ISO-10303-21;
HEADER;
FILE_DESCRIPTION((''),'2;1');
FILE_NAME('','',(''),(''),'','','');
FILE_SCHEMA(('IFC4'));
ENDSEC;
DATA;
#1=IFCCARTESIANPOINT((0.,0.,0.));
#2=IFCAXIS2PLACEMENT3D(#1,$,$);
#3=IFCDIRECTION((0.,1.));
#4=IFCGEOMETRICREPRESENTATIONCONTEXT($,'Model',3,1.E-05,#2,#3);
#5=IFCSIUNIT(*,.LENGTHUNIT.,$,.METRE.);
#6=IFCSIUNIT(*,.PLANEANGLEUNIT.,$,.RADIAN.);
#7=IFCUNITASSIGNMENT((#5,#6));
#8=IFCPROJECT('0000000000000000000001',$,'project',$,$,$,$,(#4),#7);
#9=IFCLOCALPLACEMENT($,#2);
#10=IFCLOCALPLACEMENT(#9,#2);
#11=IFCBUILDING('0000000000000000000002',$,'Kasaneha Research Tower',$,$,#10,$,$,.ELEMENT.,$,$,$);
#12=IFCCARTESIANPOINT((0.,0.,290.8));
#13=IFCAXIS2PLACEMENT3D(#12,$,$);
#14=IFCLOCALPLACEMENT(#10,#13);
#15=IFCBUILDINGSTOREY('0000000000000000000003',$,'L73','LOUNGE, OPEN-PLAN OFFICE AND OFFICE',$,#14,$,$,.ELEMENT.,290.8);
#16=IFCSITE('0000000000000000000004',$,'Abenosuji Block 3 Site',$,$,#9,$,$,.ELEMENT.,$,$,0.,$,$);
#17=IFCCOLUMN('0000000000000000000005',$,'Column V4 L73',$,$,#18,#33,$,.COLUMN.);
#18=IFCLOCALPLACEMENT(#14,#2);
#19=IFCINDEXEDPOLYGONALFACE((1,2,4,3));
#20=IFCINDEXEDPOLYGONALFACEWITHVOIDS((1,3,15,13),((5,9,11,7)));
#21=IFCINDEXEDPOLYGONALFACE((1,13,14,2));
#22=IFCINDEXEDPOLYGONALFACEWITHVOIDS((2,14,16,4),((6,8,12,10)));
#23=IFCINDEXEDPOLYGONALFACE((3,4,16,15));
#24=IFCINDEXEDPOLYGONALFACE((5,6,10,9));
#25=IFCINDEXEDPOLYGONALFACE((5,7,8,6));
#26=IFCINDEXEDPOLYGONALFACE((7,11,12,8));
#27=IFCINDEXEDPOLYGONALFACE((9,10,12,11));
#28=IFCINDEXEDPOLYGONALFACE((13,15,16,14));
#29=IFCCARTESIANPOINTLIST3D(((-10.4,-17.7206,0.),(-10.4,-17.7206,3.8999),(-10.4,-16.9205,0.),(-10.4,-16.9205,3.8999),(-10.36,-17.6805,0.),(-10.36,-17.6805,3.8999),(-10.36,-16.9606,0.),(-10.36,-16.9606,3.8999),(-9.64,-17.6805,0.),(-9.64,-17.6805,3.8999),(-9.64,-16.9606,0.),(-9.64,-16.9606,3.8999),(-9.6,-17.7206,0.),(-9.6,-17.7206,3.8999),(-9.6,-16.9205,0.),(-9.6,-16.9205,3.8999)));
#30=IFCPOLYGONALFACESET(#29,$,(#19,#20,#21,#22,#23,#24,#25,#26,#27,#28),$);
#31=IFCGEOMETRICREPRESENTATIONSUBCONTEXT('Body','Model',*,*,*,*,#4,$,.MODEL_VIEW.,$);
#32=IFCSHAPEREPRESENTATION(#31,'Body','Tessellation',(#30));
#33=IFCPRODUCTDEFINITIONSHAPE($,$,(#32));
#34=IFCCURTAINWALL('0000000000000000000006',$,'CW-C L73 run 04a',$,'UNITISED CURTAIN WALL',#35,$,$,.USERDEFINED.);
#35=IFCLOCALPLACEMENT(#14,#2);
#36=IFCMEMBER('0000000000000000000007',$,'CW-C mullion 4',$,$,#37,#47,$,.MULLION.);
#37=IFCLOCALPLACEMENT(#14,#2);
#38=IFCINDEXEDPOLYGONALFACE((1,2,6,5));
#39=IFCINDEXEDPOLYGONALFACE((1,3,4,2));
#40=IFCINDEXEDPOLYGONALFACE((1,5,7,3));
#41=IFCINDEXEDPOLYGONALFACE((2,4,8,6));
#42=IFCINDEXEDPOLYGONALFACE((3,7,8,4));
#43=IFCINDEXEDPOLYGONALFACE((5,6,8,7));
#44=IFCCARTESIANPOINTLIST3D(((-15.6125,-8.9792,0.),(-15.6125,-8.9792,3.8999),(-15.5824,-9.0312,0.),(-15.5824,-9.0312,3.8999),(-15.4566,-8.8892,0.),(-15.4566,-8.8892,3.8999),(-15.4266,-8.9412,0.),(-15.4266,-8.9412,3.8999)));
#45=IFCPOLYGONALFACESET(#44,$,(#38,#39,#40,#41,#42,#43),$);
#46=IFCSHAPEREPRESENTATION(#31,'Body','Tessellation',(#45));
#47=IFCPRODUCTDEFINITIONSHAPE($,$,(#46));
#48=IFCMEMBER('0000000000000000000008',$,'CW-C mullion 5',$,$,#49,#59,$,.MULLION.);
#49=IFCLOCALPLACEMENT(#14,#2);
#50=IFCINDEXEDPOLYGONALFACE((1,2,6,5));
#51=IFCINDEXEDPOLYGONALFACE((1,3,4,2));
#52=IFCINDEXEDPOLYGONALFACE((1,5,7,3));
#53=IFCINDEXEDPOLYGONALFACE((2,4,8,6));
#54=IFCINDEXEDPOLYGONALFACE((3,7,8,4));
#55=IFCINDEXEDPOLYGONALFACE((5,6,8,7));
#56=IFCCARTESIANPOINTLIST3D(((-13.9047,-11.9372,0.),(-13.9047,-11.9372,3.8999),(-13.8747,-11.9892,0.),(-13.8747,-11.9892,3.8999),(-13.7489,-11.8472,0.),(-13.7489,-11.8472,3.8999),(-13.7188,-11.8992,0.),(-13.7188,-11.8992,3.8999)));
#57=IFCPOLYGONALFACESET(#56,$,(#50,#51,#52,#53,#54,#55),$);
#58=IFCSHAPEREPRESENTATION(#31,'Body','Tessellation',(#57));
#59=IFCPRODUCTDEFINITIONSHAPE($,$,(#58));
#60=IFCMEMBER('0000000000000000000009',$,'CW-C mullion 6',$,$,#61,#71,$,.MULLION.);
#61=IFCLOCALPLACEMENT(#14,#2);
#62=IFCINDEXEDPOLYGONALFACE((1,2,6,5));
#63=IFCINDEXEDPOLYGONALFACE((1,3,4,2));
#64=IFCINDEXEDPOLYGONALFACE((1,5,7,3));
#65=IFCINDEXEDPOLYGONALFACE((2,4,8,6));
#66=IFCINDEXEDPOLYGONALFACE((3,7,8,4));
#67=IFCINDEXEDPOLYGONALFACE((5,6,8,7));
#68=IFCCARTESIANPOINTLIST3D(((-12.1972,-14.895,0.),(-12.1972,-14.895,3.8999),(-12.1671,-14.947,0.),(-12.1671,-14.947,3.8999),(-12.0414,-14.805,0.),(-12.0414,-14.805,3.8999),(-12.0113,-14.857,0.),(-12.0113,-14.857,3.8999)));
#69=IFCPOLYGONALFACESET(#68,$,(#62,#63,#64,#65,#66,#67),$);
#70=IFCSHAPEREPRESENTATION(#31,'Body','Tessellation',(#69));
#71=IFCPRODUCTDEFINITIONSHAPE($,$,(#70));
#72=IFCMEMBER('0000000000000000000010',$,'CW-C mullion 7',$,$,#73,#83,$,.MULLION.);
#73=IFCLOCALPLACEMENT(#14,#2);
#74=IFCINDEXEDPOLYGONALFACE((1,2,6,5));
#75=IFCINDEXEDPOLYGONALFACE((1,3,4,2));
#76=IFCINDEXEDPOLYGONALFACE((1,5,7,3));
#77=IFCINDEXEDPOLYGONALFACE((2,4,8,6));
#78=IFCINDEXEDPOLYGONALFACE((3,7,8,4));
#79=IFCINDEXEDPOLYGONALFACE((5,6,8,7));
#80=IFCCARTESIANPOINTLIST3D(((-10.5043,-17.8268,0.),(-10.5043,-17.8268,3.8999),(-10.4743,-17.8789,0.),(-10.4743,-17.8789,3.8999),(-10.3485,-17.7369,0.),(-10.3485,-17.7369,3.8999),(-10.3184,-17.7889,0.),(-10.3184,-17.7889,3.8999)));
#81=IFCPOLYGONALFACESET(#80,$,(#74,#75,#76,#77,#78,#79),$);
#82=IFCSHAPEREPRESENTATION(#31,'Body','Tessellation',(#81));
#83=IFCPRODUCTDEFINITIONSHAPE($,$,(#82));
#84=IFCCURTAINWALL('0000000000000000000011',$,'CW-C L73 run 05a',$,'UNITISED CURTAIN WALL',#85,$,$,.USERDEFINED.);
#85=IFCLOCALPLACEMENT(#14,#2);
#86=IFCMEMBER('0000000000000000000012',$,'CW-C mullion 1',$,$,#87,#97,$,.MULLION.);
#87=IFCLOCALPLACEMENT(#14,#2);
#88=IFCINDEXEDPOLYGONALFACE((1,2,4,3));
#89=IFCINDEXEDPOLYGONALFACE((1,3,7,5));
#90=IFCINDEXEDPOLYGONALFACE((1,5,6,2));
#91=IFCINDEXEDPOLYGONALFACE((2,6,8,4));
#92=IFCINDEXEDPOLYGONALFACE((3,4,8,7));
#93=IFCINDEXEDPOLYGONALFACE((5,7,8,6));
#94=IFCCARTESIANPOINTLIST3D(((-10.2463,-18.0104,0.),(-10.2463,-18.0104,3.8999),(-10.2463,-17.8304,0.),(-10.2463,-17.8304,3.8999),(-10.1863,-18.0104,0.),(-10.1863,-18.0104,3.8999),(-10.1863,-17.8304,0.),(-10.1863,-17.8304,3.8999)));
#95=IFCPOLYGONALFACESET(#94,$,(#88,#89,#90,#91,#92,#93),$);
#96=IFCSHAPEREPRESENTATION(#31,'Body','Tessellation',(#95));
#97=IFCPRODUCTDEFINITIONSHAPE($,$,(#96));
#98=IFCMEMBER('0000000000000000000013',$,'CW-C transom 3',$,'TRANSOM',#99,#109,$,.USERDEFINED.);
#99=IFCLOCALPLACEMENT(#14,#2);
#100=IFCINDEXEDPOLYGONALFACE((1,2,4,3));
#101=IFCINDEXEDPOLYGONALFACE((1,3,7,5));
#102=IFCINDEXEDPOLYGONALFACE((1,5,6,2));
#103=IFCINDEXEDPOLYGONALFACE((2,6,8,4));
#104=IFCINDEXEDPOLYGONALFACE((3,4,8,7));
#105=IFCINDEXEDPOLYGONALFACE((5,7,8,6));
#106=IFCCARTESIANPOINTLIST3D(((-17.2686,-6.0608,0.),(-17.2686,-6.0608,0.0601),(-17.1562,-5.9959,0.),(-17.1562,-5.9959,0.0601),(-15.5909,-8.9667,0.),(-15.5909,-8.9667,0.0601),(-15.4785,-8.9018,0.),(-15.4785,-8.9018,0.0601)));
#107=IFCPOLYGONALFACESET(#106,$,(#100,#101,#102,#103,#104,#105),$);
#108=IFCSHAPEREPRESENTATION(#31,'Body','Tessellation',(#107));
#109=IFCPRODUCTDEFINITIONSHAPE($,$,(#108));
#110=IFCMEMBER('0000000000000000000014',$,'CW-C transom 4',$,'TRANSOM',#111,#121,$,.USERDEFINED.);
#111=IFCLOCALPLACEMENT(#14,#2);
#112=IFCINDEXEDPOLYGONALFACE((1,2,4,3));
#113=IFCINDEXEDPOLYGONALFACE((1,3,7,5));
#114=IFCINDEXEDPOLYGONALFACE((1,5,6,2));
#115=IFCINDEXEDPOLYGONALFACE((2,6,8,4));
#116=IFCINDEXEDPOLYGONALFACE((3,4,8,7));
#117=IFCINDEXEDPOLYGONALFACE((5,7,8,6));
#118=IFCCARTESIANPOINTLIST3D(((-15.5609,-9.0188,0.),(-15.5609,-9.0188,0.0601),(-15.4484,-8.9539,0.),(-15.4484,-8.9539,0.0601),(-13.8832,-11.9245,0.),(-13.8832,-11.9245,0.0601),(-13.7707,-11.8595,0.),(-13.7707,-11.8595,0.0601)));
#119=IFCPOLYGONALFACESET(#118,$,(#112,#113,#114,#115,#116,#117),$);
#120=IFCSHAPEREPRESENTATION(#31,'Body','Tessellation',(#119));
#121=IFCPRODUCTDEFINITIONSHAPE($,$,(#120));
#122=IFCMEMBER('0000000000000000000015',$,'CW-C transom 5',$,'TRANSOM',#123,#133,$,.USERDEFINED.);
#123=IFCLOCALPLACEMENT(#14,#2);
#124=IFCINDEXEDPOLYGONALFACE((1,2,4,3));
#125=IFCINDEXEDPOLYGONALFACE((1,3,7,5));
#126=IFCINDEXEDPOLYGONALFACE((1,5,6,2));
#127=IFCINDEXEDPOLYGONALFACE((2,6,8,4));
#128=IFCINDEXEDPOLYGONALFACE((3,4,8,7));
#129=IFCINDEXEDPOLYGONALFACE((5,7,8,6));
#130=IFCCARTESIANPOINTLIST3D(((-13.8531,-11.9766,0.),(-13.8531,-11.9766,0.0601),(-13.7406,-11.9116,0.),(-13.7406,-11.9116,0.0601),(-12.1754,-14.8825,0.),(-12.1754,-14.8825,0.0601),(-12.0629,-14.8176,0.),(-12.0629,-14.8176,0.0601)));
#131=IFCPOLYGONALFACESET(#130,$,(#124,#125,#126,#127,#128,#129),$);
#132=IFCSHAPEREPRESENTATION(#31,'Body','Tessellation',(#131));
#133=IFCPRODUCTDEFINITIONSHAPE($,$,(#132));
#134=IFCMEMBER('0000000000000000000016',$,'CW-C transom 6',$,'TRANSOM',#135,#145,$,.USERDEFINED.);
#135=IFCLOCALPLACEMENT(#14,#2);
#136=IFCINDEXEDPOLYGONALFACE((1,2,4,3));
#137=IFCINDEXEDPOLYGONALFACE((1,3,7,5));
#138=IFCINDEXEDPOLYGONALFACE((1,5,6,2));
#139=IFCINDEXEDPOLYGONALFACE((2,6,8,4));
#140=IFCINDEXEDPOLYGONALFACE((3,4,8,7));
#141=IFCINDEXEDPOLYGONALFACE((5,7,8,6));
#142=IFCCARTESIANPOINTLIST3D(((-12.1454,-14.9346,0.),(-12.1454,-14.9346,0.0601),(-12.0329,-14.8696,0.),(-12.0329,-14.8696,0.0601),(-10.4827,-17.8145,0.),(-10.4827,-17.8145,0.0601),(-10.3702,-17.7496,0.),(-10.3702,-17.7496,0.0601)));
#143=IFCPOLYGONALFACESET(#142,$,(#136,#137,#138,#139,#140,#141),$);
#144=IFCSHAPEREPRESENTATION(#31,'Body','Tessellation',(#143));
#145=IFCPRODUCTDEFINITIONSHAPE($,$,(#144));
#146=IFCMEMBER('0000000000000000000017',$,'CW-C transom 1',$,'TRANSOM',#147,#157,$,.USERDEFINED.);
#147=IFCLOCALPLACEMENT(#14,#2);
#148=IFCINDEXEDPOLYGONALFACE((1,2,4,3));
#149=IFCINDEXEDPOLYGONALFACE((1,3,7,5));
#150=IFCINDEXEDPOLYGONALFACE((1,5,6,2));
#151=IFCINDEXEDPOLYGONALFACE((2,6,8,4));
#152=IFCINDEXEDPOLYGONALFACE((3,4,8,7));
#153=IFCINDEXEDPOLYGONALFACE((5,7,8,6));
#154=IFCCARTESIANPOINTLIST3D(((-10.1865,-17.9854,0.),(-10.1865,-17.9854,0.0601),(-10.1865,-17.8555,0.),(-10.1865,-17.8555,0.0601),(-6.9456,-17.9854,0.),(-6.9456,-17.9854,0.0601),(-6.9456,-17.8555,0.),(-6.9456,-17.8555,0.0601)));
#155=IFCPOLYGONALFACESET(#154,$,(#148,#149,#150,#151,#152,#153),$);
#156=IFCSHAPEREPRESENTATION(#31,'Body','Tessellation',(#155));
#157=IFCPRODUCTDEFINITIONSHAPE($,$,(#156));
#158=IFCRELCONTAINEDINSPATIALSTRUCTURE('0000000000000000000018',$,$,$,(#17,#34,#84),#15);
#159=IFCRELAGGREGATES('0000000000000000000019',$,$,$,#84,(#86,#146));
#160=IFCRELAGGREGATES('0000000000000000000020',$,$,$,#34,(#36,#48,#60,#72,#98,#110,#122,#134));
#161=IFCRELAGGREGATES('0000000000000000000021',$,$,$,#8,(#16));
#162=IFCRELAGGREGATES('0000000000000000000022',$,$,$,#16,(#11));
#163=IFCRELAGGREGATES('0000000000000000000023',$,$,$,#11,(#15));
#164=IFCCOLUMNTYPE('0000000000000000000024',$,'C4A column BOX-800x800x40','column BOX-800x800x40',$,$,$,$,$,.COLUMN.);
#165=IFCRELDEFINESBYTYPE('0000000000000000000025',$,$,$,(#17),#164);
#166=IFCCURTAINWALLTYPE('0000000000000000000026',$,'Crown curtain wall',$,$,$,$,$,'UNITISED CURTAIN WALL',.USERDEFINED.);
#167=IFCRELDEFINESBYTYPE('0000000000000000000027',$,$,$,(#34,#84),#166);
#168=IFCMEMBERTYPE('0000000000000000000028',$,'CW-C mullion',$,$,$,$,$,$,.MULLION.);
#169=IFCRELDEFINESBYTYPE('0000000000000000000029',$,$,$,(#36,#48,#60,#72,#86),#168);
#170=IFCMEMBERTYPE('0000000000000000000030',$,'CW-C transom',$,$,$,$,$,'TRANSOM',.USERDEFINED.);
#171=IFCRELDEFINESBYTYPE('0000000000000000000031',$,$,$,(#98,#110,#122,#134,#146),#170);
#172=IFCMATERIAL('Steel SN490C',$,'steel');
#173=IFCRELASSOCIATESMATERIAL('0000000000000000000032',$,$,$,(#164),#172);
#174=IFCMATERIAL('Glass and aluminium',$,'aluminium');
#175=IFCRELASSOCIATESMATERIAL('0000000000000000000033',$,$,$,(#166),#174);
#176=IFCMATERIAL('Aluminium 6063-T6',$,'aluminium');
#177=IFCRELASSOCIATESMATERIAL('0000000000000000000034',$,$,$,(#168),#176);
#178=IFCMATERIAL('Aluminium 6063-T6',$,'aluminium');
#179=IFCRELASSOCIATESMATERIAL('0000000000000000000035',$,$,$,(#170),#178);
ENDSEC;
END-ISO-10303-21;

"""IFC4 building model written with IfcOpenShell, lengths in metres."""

from ifc_helpers import new_model, si_unit, direction, frame, origin, origin_2d, place, context, subcontext, project, spatial, rectangle, hollow_rectangle, extrude, material, material_profile, profile_set, type_object, element, aggregate, save


model = new_model("IFC4")

# Units and contexts
model_context = context("Model", 3, precision=1e-05, world=origin(), true_north=direction((0.0, 1.0)))
body_context = subcontext(model_context, "Body", "Model", "MODEL_VIEW")
ifc_project = project(units=[si_unit("LENGTHUNIT", "METRE"), si_unit("PLANEANGLEUNIT", "RADIAN")], contexts=[model_context])

# Site, building, storey
site_placement = place(None, origin())
site = spatial("IfcSite", under=ifc_project, at=site_placement, Name="Abenosuji Block 3 Site", CompositionType="ELEMENT", RefElevation=0.0)
building_placement = place(site_placement, origin())
building = spatial("IfcBuilding", under=site, at=building_placement, Name="Kasaneha Research Tower", CompositionType="ELEMENT")
storey_placement = place(building_placement, frame((0.0, 0.0, 290.8)))
storey = spatial("IfcBuildingStorey", under=building, at=storey_placement, Name="L73", Description="LOUNGE, OPEN-PLAN OFFICE AND OFFICE", CompositionType="ELEMENT", Elevation=290.8)

# Column
ifc_material_1 = material(Name="Steel SN490C", Category="steel")
ifc_material_profile_1 = material_profile(ifc_material_1, hollow_rectangle(XDim=0.8, YDim=0.8, WallThickness=0.04, at=origin_2d()), Name="BOX-800x800x40")
ifc_profile_set_1 = profile_set([ifc_material_profile_1], Name="Steel SN490C")
column_type = type_object("IfcColumnType", Name="C4A column BOX-800x800x40", Description="column BOX-800x800x40", PredefinedType="COLUMN", material=ifc_profile_set_1)
column_placement = place(storey_placement, frame((-10.0, -17.3206, 0.0), z_axis=(0.0, 0.0, 1.0), x_axis=(1.0, 0.0, 0.0)))
element("IfcColumn", 1, at=column_placement, inside=storey, type_object=column_type, Name="Column V4 L73", PredefinedType="COLUMN", context=body_context, shape_type="SweptSolid", body=[
    extrude(hollow_rectangle(XDim=0.8, YDim=0.8, WallThickness=0.04, at=origin_2d()), origin(), (0.0, 0.0, 1.0), 3.8999),
])

# Curtain wall, members
ifc_material_2 = material(Name="Glass and aluminium", Category="aluminium")
curtain_wall_type = type_object("IfcCurtainWallType", Name="Crown curtain wall", ElementType="UNITISED CURTAIN WALL", PredefinedType="USERDEFINED", material=ifc_material_2)
curtain_wall_1_placement = place(storey_placement, origin())
curtain_wall_1 = element("IfcCurtainWall", 2, at=curtain_wall_1_placement, inside=storey, type_object=curtain_wall_type, Name="CW-C L73 run 04a", ObjectType="UNITISED CURTAIN WALL", PredefinedType="USERDEFINED")
ifc_material_3 = material(Name="Aluminium 6063-T6", Category="aluminium")
ifc_material_profile_2 = material_profile(ifc_material_3, rectangle(XDim=0.0601, YDim=0.1799, at=origin_2d()), Name="CW-C mullion 60x180")
ifc_profile_set_2 = profile_set([ifc_material_profile_2], Name="Aluminium 6063-T6")
member_type_1 = type_object("IfcMemberType", Name="CW-C mullion", PredefinedType="MULLION", material=ifc_profile_set_2)
member_1_placement = place(storey_placement, frame((-15.5195, -8.9602, 0.0), z_axis=(0.0, 0.0, 1.0), x_axis=(0.5, -0.866025, 0.0)))
member_1 = element("IfcMember", 3, at=member_1_placement, type_object=member_type_1, Name="CW-C mullion 4", PredefinedType="MULLION", context=body_context, shape_type="SweptSolid", body=[
    extrude(rectangle(XDim=0.0601, YDim=0.1799, at=origin_2d()), origin(), (0.0, 0.0, 1.0), 3.8999),
])
member_2_placement = place(storey_placement, frame((-13.8118, -11.9182, 0.0), z_axis=(0.0, 0.0, 1.0), x_axis=(0.5, -0.866025, 0.0)))
member_2 = element("IfcMember", 4, at=member_2_placement, type_object=member_type_1, Name="CW-C mullion 5", PredefinedType="MULLION", context=body_context, shape_type="SweptSolid", body=[
    extrude(rectangle(XDim=0.0601, YDim=0.1799, at=origin_2d()), origin(), (0.0, 0.0, 1.0), 3.8999),
])
member_3_placement = place(storey_placement, frame((-12.1042, -14.876, 0.0), z_axis=(0.0, 0.0, 1.0), x_axis=(0.5, -0.866025, 0.0)))
member_3 = element("IfcMember", 5, at=member_3_placement, type_object=member_type_1, Name="CW-C mullion 6", PredefinedType="MULLION", context=body_context, shape_type="SweptSolid", body=[
    extrude(rectangle(XDim=0.0601, YDim=0.1799, at=origin_2d()), origin(), (0.0, 0.0, 1.0), 3.8999),
])
member_4_placement = place(storey_placement, frame((-10.4114, -17.8079, 0.0), z_axis=(0.0, 0.0, 1.0), x_axis=(0.5, -0.866025, 0.0)))
member_4 = element("IfcMember", 6, at=member_4_placement, type_object=member_type_1, Name="CW-C mullion 7", PredefinedType="MULLION", context=body_context, shape_type="SweptSolid", body=[
    extrude(rectangle(XDim=0.0601, YDim=0.1799, at=origin_2d()), origin(), (0.0, 0.0, 1.0), 3.8999),
])

# Curtain wall, member
curtain_wall_2_placement = place(storey_placement, origin())
curtain_wall_2 = element("IfcCurtainWall", 7, at=curtain_wall_2_placement, inside=storey, type_object=curtain_wall_type, Name="CW-C L73 run 05a", ObjectType="UNITISED CURTAIN WALL", PredefinedType="USERDEFINED")
member_5_placement = place(storey_placement, frame((-10.2163, -17.9204, 0.0), z_axis=(0.0, 0.0, 1.0), x_axis=(1.0, 0.0, 0.0)))
member_5 = element("IfcMember", 8, at=member_5_placement, type_object=member_type_1, Name="CW-C mullion 1", PredefinedType="MULLION", context=body_context, shape_type="SweptSolid", body=[
    extrude(rectangle(XDim=0.0601, YDim=0.1799, at=origin_2d()), origin(), (0.0, 0.0, 1.0), 3.8999),
])

# Members
ifc_material_4 = material(Name="Aluminium 6063-T6", Category="aluminium")
ifc_material_profile_3 = material_profile(ifc_material_4, rectangle(XDim=0.1299, YDim=0.0601, at=origin_2d()), Name="CW-C transom 130x60")
ifc_profile_set_3 = profile_set([ifc_material_profile_3], Name="Aluminium 6063-T6")
member_type_2 = type_object("IfcMemberType", Name="CW-C transom", ElementType="TRANSOM", PredefinedType="USERDEFINED", material=ifc_profile_set_3)
member_6_placement = place(storey_placement, frame((-17.2124, -6.0283, 0.03), z_axis=(0.499989, -0.866032, 0.0), x_axis=(0.866032, 0.499989, 0.0)))
member_6 = element("IfcMember", 9, at=member_6_placement, type_object=member_type_2, Name="CW-C transom 3", ObjectType="TRANSOM", PredefinedType="USERDEFINED", context=body_context, shape_type="SweptSolid", body=[
    extrude(rectangle(XDim=0.1299, YDim=0.0601, at=origin_2d()), origin(), (0.0, 0.0, 1.0), 3.3555),
])
member_7_placement = place(storey_placement, frame((-15.5046, -8.9863, 0.03), z_axis=(0.500021, -0.866014, 0.0), x_axis=(0.866014, 0.500021, 0.0)))
member_7 = element("IfcMember", 10, at=member_7_placement, type_object=member_type_2, Name="CW-C transom 4", ObjectType="TRANSOM", PredefinedType="USERDEFINED", context=body_context, shape_type="SweptSolid", body=[
    extrude(rectangle(XDim=0.1299, YDim=0.0601, at=origin_2d()), origin(), (0.0, 0.0, 1.0), 3.3552),
])
member_8_placement = place(storey_placement, frame((-13.7969, -11.9441, 0.03), z_axis=(0.499989, -0.866032, 0.0), x_axis=(0.866032, 0.499989, 0.0)))
member_8 = element("IfcMember", 11, at=member_8_placement, type_object=member_type_2, Name="CW-C transom 5", ObjectType="TRANSOM", PredefinedType="USERDEFINED", context=body_context, shape_type="SweptSolid", body=[
    extrude(rectangle(XDim=0.1299, YDim=0.0601, at=origin_2d()), origin(), (0.0, 0.0, 1.0), 3.3555),
])
member_9_placement = place(storey_placement, frame((-12.0891, -14.9021, 0.03), z_axis=(0.499977, -0.866039, 0.0), x_axis=(0.866039, 0.499977, 0.0)))
member_9 = element("IfcMember", 12, at=member_9_placement, type_object=member_type_2, Name="CW-C transom 6", ObjectType="TRANSOM", PredefinedType="USERDEFINED", context=body_context, shape_type="SweptSolid", body=[
    extrude(rectangle(XDim=0.1299, YDim=0.0601, at=origin_2d()), origin(), (0.0, 0.0, 1.0), 3.3254),
])
member_10_placement = place(storey_placement, frame((-10.1865, -17.9204, 0.03), z_axis=(1.0, 0.0, 0.0), x_axis=(0.0, 1.0, 0.0)))
member_10 = element("IfcMember", 13, at=member_10_placement, type_object=member_type_2, Name="CW-C transom 1", ObjectType="TRANSOM", PredefinedType="USERDEFINED", context=body_context, shape_type="SweptSolid", body=[
    extrude(rectangle(XDim=0.1299, YDim=0.0601, at=origin_2d()), origin(), (0.0, 0.0, 1.0), 3.241),
])
aggregate(curtain_wall_2, [member_5, member_10])

aggregate(curtain_wall_1, [member_1, member_2, member_3, member_4, member_6, member_7, member_8, member_9])

save(model, "model.ifc")
